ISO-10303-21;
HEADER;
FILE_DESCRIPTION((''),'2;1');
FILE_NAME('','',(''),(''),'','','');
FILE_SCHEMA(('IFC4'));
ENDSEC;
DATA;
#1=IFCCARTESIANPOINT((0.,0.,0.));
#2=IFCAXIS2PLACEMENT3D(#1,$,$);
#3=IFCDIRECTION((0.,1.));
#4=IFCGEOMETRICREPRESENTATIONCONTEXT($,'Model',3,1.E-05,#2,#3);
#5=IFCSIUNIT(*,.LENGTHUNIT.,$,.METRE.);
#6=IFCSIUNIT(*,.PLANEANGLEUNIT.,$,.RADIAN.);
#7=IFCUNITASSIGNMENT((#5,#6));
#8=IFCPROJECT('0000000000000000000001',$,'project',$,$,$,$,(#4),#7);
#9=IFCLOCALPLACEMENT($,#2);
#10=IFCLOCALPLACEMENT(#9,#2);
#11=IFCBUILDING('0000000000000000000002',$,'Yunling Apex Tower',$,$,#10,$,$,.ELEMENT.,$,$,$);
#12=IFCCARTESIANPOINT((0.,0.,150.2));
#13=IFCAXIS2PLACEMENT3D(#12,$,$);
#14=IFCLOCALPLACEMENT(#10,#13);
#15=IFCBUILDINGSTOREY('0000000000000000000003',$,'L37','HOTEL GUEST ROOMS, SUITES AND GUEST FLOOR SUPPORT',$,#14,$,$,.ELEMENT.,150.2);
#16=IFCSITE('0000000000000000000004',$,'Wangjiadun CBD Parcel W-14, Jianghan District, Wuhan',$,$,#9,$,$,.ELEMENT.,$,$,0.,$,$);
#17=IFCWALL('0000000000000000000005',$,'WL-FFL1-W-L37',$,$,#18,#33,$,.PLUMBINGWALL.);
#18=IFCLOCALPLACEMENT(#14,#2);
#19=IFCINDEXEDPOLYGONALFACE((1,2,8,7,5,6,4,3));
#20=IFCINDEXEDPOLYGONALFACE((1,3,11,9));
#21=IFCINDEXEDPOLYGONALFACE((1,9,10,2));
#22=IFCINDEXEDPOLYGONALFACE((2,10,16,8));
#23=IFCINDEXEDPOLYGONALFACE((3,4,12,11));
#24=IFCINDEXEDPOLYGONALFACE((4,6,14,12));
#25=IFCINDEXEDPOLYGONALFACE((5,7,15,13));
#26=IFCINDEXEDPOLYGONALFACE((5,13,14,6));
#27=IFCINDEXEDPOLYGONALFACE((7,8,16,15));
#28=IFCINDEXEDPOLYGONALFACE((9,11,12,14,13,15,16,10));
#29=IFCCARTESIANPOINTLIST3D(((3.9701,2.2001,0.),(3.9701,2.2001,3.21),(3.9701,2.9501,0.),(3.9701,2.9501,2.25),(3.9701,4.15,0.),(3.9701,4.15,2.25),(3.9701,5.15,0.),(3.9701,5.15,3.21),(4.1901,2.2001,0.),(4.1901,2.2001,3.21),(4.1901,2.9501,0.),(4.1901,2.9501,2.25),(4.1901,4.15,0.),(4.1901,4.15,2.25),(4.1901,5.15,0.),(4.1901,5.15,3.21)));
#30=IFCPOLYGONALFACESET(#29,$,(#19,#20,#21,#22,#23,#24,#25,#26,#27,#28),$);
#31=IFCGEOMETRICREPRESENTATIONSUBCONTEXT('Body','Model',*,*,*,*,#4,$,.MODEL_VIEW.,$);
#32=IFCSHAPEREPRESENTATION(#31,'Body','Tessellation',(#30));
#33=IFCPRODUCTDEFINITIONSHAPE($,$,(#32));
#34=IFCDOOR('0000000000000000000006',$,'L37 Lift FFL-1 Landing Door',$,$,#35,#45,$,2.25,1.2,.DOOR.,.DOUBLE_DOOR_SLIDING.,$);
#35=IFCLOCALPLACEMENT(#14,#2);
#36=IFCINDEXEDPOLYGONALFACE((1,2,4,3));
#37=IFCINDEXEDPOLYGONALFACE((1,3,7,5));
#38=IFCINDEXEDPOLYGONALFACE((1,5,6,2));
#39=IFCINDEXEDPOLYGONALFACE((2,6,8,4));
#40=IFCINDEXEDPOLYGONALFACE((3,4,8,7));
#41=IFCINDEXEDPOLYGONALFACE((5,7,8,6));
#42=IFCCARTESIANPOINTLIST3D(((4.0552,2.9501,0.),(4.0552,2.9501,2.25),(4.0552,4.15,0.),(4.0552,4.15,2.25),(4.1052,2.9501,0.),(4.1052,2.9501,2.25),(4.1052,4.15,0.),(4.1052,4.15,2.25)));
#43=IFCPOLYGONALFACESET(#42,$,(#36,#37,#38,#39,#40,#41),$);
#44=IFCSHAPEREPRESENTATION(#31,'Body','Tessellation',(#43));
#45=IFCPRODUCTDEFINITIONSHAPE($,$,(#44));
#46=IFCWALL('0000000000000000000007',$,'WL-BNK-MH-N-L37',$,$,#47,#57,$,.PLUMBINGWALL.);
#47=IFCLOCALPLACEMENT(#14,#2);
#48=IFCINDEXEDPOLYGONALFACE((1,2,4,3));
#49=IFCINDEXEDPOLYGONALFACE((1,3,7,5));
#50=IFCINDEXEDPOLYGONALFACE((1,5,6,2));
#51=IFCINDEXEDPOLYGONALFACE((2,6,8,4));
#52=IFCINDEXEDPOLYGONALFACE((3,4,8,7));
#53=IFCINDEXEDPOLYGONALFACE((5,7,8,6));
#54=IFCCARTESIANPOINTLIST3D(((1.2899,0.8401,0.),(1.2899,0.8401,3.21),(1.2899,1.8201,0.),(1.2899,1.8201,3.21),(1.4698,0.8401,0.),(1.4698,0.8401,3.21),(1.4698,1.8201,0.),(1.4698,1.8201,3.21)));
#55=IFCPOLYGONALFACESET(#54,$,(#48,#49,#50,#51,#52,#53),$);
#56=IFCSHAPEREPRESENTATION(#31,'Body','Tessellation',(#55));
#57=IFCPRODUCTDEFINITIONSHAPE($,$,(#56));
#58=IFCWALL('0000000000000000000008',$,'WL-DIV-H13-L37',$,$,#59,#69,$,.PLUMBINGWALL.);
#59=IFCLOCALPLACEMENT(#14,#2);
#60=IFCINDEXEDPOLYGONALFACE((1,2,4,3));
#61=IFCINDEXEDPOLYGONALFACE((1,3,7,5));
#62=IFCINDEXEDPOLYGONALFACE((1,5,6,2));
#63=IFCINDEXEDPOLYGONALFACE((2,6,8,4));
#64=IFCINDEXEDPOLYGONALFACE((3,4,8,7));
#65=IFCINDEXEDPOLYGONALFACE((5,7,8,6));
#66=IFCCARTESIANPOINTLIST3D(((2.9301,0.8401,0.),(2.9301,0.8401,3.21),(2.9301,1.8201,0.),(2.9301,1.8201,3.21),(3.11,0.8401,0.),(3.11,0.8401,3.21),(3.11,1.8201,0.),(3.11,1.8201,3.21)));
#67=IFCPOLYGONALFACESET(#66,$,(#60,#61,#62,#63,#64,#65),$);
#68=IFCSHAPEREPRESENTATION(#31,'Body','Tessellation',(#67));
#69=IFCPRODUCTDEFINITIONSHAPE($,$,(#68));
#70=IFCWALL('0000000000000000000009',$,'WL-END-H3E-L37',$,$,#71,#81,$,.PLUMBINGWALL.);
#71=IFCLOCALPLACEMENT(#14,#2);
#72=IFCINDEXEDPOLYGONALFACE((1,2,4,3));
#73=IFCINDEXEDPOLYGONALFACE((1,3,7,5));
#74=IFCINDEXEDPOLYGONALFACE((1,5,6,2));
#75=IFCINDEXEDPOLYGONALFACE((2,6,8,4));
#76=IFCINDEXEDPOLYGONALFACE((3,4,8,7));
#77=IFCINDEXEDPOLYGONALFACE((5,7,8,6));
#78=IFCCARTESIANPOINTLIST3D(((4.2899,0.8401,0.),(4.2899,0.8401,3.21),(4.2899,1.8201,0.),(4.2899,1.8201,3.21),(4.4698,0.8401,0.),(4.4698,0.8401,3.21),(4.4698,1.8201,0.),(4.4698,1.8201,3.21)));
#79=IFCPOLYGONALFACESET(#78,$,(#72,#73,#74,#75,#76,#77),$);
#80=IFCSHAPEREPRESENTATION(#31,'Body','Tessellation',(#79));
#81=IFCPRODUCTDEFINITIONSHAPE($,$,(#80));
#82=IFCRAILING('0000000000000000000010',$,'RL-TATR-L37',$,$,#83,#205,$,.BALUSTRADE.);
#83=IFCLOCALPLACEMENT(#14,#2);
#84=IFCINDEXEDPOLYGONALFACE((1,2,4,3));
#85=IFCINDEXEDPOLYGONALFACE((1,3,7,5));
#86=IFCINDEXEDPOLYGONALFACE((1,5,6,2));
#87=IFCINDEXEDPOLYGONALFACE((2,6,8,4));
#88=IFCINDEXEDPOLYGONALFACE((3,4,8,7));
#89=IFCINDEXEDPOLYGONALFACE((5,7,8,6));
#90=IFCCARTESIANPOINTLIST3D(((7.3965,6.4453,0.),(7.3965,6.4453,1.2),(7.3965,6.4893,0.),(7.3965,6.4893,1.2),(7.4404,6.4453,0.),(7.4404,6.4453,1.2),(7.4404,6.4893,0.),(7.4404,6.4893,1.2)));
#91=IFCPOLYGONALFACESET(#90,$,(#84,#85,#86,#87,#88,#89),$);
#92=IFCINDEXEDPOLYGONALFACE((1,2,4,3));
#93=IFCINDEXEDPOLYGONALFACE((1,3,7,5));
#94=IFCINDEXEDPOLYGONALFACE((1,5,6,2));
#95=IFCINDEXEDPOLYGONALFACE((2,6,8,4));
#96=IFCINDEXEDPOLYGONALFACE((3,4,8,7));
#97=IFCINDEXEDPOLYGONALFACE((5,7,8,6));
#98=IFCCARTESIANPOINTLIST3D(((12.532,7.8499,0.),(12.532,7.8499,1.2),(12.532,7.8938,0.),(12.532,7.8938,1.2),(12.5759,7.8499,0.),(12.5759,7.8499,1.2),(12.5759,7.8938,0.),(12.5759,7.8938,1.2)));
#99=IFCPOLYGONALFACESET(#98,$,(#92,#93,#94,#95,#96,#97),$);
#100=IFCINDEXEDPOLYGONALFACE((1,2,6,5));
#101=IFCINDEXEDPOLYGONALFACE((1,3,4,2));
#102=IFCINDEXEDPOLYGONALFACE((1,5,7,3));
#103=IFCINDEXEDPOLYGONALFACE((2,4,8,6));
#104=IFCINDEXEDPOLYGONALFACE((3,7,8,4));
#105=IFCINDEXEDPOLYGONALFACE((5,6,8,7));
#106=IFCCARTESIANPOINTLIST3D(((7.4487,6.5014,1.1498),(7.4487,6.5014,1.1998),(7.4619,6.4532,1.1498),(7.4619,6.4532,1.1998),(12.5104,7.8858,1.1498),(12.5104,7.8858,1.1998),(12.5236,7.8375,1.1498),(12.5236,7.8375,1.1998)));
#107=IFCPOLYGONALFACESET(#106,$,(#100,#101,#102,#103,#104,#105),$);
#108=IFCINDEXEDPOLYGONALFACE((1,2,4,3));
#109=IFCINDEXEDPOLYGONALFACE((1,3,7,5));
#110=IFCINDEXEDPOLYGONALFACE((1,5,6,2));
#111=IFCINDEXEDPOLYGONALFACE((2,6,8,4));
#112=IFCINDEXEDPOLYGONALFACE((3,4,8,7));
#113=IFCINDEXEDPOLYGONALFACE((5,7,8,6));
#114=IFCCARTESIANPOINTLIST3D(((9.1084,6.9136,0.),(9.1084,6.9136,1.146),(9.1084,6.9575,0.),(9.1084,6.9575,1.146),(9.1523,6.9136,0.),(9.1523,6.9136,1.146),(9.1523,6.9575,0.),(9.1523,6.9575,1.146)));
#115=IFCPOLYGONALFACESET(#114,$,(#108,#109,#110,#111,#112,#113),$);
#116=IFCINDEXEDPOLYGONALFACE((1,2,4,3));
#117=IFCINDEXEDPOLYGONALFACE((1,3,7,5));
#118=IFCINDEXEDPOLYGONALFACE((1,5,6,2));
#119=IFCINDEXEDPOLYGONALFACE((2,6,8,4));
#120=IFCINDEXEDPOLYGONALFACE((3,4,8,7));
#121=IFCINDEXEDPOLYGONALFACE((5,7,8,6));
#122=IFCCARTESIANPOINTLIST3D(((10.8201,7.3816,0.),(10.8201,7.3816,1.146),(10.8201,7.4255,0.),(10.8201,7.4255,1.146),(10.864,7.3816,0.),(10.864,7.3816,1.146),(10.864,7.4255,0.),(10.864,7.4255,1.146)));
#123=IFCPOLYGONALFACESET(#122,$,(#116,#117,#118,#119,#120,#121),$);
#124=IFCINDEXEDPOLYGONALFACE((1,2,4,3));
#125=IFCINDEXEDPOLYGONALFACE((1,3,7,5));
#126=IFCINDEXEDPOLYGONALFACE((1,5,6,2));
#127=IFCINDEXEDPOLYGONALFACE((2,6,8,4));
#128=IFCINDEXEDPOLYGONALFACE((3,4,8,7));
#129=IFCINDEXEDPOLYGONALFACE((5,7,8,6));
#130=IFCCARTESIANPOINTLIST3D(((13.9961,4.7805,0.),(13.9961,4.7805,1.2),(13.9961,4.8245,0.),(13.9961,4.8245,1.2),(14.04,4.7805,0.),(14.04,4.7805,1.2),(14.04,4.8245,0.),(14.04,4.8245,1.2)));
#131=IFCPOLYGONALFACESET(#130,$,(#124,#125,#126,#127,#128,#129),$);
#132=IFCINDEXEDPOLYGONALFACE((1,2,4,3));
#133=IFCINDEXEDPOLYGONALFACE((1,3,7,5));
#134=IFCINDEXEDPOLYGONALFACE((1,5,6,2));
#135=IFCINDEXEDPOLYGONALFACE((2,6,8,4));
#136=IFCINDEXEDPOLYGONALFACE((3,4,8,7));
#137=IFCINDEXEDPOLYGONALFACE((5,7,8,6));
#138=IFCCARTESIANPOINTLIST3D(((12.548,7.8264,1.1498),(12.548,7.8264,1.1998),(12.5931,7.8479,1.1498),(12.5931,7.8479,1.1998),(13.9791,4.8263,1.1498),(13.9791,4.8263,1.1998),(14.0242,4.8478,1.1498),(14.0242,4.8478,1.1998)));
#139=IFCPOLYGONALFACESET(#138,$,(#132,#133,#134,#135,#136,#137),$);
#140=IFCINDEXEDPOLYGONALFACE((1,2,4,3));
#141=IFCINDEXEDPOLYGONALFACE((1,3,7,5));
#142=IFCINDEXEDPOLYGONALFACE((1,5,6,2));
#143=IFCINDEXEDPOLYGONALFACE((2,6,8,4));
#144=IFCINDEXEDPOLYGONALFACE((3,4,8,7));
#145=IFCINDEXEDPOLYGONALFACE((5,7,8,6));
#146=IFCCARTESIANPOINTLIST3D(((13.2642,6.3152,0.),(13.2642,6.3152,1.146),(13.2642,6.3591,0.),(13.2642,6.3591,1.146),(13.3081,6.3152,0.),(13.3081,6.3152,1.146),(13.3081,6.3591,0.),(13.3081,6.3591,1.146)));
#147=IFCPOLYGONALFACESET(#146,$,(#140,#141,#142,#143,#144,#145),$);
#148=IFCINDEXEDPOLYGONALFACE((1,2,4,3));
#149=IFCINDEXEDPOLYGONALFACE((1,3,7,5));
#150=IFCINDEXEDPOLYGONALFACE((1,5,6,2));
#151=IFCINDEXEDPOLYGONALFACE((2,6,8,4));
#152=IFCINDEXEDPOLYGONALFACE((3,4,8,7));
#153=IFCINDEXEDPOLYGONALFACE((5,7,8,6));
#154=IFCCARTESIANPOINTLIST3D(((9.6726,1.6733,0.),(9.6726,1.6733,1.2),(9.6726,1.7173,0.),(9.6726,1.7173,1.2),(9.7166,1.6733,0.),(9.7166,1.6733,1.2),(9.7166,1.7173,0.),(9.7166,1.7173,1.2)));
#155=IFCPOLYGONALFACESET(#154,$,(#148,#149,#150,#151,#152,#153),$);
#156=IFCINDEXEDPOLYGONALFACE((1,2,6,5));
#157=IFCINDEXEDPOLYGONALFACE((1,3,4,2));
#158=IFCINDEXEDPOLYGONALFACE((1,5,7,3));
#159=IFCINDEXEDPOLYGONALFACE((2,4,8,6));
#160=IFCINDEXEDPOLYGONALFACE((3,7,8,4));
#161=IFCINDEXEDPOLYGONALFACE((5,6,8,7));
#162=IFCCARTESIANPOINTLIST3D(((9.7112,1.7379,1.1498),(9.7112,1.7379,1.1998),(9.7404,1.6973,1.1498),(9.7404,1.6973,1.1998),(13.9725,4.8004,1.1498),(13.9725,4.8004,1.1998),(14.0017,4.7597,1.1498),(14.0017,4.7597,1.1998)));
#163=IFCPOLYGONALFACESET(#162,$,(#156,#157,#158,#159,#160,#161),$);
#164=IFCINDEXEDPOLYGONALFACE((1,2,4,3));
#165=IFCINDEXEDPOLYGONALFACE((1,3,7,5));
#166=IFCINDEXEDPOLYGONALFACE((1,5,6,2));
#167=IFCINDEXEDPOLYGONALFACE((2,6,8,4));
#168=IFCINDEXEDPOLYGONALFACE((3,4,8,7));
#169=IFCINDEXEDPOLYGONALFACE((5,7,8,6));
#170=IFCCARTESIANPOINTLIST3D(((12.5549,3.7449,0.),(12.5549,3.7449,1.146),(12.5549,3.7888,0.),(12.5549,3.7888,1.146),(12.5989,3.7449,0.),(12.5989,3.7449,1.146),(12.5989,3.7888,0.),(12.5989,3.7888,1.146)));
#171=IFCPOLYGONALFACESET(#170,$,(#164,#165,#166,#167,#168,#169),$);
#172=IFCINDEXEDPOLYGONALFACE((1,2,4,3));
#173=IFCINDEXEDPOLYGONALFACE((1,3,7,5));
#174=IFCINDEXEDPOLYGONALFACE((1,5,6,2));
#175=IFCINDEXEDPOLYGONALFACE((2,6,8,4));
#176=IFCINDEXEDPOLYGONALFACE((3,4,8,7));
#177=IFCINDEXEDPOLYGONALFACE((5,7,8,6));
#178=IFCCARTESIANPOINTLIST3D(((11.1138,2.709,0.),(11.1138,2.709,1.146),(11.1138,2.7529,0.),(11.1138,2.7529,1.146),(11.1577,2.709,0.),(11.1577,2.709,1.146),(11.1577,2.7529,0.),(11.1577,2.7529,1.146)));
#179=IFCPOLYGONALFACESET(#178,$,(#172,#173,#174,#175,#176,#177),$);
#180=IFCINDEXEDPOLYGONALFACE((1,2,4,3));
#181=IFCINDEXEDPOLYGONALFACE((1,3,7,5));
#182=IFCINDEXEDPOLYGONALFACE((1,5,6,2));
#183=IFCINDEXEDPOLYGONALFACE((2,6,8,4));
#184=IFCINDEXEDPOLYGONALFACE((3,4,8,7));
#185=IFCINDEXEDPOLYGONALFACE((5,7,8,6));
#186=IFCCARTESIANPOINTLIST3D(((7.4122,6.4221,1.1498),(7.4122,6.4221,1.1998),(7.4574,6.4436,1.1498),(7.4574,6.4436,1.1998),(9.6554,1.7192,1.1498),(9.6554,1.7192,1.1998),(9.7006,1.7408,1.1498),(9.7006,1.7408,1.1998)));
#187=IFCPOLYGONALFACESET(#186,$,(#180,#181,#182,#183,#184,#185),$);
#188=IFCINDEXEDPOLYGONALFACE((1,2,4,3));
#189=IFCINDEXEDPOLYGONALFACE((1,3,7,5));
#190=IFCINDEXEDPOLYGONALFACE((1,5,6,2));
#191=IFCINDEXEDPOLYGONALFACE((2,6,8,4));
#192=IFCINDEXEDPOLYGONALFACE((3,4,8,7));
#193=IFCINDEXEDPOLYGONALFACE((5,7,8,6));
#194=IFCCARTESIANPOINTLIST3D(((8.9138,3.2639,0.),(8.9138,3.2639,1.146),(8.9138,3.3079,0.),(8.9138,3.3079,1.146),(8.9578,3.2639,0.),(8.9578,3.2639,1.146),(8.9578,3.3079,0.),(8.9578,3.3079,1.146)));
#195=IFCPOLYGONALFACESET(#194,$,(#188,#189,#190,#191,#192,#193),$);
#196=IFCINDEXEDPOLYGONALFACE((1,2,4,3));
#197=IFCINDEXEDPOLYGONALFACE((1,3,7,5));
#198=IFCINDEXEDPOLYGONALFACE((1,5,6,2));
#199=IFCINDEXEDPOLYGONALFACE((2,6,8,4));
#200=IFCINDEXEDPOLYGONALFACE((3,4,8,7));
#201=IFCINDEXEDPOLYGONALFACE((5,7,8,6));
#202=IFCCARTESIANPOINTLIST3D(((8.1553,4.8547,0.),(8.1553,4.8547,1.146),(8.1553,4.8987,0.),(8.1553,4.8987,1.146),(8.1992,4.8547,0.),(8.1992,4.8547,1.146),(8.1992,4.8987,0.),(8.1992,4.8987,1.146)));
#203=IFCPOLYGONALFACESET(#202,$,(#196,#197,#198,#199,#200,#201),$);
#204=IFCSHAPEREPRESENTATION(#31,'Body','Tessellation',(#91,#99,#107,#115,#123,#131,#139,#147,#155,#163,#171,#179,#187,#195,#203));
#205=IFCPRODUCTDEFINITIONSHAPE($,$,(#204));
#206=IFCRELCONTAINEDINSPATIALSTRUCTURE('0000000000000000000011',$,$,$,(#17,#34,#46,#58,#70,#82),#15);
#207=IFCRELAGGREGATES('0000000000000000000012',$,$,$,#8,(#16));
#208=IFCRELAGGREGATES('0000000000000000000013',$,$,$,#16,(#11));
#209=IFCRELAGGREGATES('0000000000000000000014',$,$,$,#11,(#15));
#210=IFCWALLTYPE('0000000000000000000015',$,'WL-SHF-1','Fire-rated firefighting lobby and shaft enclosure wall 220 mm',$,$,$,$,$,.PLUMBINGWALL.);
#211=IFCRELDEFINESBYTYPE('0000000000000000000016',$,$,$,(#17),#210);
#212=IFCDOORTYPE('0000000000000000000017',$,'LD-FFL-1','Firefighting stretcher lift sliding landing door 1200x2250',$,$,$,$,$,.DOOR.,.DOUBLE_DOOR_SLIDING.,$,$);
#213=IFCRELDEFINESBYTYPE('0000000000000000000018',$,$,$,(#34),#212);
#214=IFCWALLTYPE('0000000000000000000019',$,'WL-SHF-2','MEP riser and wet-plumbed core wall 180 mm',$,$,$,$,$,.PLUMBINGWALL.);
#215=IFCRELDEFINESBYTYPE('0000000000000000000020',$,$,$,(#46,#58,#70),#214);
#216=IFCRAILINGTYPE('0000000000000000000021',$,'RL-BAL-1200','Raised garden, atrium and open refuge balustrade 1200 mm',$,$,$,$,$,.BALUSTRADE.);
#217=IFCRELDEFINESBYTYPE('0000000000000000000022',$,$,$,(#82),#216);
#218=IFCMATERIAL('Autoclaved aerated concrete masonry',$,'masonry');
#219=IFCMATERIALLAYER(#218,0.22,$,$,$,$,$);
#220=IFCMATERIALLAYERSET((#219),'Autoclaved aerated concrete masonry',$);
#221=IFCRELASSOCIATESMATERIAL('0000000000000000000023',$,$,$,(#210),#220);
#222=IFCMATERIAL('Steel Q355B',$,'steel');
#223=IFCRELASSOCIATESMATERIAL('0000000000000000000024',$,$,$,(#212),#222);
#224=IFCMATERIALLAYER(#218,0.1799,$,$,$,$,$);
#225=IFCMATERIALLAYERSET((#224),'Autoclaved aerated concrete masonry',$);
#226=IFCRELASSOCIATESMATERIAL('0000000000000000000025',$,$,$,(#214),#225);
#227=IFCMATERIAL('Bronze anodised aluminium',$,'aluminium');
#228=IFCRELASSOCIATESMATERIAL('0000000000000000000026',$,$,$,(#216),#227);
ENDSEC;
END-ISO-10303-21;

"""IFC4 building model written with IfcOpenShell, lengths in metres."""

from ifc_helpers import new_model, si_unit, direction, frame, frame_2d, origin, origin_2d, place, context, subcontext, project, spatial, rectangle, extrude, material, layer, layer_set, type_object, element, fill, save


model = new_model("IFC4")

# Units and contexts
model_context = context("Model", 3, precision=1e-05, world=origin(), true_north=direction((0.0, 1.0)))
body_context = subcontext(model_context, "Body", "Model", "MODEL_VIEW")
ifc_project = project(units=[si_unit("LENGTHUNIT", "METRE"), si_unit("PLANEANGLEUNIT", "RADIAN")], contexts=[model_context])

# Site, building, storey
site_placement = place(None, origin())
site = spatial("IfcSite", under=ifc_project, at=site_placement, Name="Wangjiadun CBD Parcel W-14, Jianghan District, Wuhan", CompositionType="ELEMENT", RefElevation=0.0)
building_placement = place(site_placement, origin())
building = spatial("IfcBuilding", under=site, at=building_placement, Name="Yunling Apex Tower", CompositionType="ELEMENT")
storey_placement = place(building_placement, frame((0.0, 0.0, 150.2)))
storey = spatial("IfcBuildingStorey", under=building, at=storey_placement, Name="L37", Description="HOTEL GUEST ROOMS, SUITES AND GUEST FLOOR SUPPORT", CompositionType="ELEMENT", Elevation=150.2)

# Shared definitions
ifc_material_1 = material(Name="Steel Q355B", Category="steel")

# Shared definitions
ifc_material_2 = material(Name="Bronze anodised aluminium", Category="aluminium")

# Wall, opening, door
ifc_material_3 = material(Name="Autoclaved aerated concrete masonry", Category="masonry")
ifc_layer_1 = layer(ifc_material_3, 0.22)
ifc_layer_set_1 = layer_set([ifc_layer_1], Name="Autoclaved aerated concrete masonry")
wall_type_1 = type_object("IfcWallType", Name="WL-SHF-1", Description="Fire-rated firefighting lobby and shaft enclosure wall 220 mm", PredefinedType="PLUMBINGWALL", material=ifc_layer_set_1)
wall_1_placement = place(storey_placement, frame((4.0801, 2.2, 0.0), z_axis=(0.0, 0.0, 1.0), x_axis=(0.0, 1.0, 0.0)))
wall_1 = element("IfcWall", 1, at=wall_1_placement, inside=storey, type_object=wall_type_1, Name="WL-FFL1-W-L37", PredefinedType="PLUMBINGWALL", context=body_context, shape_type="SweptSolid", body=[
    extrude(rectangle(XDim=2.95, YDim=0.22, at=frame_2d((1.4751, 0.0))), origin(), (0.0, 0.0, 1.0), 3.21),
])
opening_1_placement = place(wall_1_placement, frame((0.75, 0.0, 0.0)))
opening_1 = element("IfcOpeningElement", 2, at=opening_1_placement, cuts=wall_1, PredefinedType="OPENING", context=body_context, shape_type="SweptSolid", body=[
    extrude(rectangle(XDim=1.2, YDim=2.25, at=frame_2d((0.6001, 1.125))), frame((0.0, 0.1201, 0.0), z_axis=(0.0, -1.0, 0.0), x_axis=(1.0, 0.0, 0.0)), (0.0, 0.0, 1.0), 0.24),
])
door_type_1 = type_object("IfcDoorType", Name="LD-FFL-1", Description="Firefighting stretcher lift sliding landing door 1200x2250", OperationType="DOUBLE_DOOR_SLIDING", PredefinedType="DOOR", material=ifc_material_1)
door_1_placement = place(opening_1_placement, origin())
door_1 = element("IfcDoor", 3, at=door_1_placement, inside=storey, type_object=door_type_1, Name="L37 Lift FFL-1 Landing Door", OperationType="DOUBLE_DOOR_SLIDING", OverallHeight=2.25, OverallWidth=1.2, PredefinedType="DOOR", context=body_context, shape_type="SweptSolid", body=[
    extrude(rectangle(XDim=1.2, YDim=2.25, at=frame_2d((0.6001, 1.125))), frame((0.0, 0.0249, 0.0), z_axis=(0.0, -1.0, 0.0), x_axis=(1.0, 0.0, 0.0)), (0.0, 0.0, 1.0), 0.05),
])
fill(opening_1, door_1)

# Walls
ifc_layer_2 = layer(ifc_material_3, 0.1799)
ifc_layer_set_2 = layer_set([ifc_layer_2], Name="Autoclaved aerated concrete masonry")
wall_type_2 = type_object("IfcWallType", Name="WL-SHF-2", Description="MEP riser and wet-plumbed core wall 180 mm", PredefinedType="PLUMBINGWALL", material=ifc_layer_set_2)
for number, where, z_axis, x_axis, name in (
    (4, (1.3799, 0.8401, 0.0), (0.0, 0.0, 1.0), (0.0, 1.0, 0.0), "WL-BNK-MH-N-L37"),
    (5, (3.02, 0.8401, 0.0), (0.0, 0.0, 1.0), (0.0, 1.0, 0.0), "WL-DIV-H13-L37"),
    (6, (4.3799, 0.8401, 0.0), (0.0, 0.0, 1.0), (0.0, 1.0, 0.0), "WL-END-H3E-L37"),
):
    element("IfcWall", number, at=place(storey_placement, frame(where, z_axis=z_axis, x_axis=x_axis)), inside=storey, type_object=wall_type_2, Name=name, PredefinedType="PLUMBINGWALL", context=body_context, shape_type="SweptSolid", body=[
        extrude(rectangle(XDim=0.98, YDim=0.1799, at=frame_2d((0.49, 0.0))), origin(), (0.0, 0.0, 1.0), 3.21),
    ])

# Railing
railing_type_1 = type_object("IfcRailingType", Name="RL-BAL-1200", Description="Raised garden, atrium and open refuge balustrade 1200 mm", PredefinedType="BALUSTRADE", material=ifc_material_2)
railing_1_placement = place(storey_placement, frame((7.4185, 6.4673, 0.0)))
element("IfcRailing", 7, at=railing_1_placement, inside=storey, type_object=railing_type_1, Name="RL-TATR-L37", PredefinedType="BALUSTRADE", context=body_context, shape_type="SweptSolid", body=[
    extrude(rectangle(XDim=0.0439, YDim=0.0439, at=origin_2d()), origin(), (0.0, 0.0, 1.0), 1.2),
    extrude(rectangle(XDim=0.0439, YDim=0.0439, at=origin_2d()), frame((5.1355, 1.4045, 0.0)), (0.0, 0.0, 1.0), 1.2),
    extrude(rectangle(XDim=0.05, YDim=0.05, at=origin_2d()), frame((0.0369, 0.01, 1.1748), z_axis=(0.964575, 0.263808, 0.0), x_axis=(-0.263808, 0.964575, 0.0)), (0.0, 0.0, 1.0), 5.2476),
    extrude(rectangle(XDim=0.0439, YDim=0.0439, at=origin_2d()), frame((1.7119, 0.4683, 0.0)), (0.0, 0.0, 1.0), 1.146),
    extrude(rectangle(XDim=0.0439, YDim=0.0439, at=origin_2d()), frame((3.4236, 0.9363, 0.0)), (0.0, 0.0, 1.0), 1.146),
    extrude(rectangle(XDim=0.0439, YDim=0.0439, at=origin_2d()), frame((6.5996, -1.6648, 0.0)), (0.0, 0.0, 1.0), 1.2),
    extrude(rectangle(XDim=0.05, YDim=0.05, at=origin_2d()), frame((5.1521, 1.3699, 1.1748), z_axis=(0.430538, -0.902572, 0.0), x_axis=(0.902572, 0.430538, 0.0)), (0.0, 0.0, 1.0), 3.324),
    extrude(rectangle(XDim=0.0439, YDim=0.0439, at=origin_2d()), frame((5.8677, -0.1301, 0.0)), (0.0, 0.0, 1.0), 1.146),
    extrude(rectangle(XDim=0.0439, YDim=0.0439, at=origin_2d()), frame((2.2761, -4.772, 0.0)), (0.0, 0.0, 1.0), 1.2),
    extrude(rectangle(XDim=0.05, YDim=0.05, at=origin_2d()), frame((6.5686, -1.6873, 1.1748), z_axis=(-0.812045, -0.583595, 0.0), x_axis=(0.583595, -0.812045, 0.0)), (0.0, 0.0, 1.0), 5.2476),
    extrude(rectangle(XDim=0.0439, YDim=0.0439, at=origin_2d()), frame((5.1584, -2.7004, 0.0)), (0.0, 0.0, 1.0), 1.146),
    extrude(rectangle(XDim=0.0439, YDim=0.0439, at=origin_2d()), frame((3.7173, -3.7363, 0.0)), (0.0, 0.0, 1.0), 1.146),
    extrude(rectangle(XDim=0.05, YDim=0.05, at=origin_2d()), frame((2.2595, -4.7373, 1.1748), z_axis=(-0.430512, 0.902585, 0.0), x_axis=(-0.902585, -0.430512, 0.0)), (0.0, 0.0, 1.0), 5.2104),
    extrude(rectangle(XDim=0.0439, YDim=0.0439, at=origin_2d()), frame((1.5173, -3.1814, 0.0)), (0.0, 0.0, 1.0), 1.146),
    extrude(rectangle(XDim=0.0439, YDim=0.0439, at=origin_2d()), frame((0.7588, -1.5906, 0.0)), (0.0, 0.0, 1.0), 1.146),
])

save(model, "model.ifc")
